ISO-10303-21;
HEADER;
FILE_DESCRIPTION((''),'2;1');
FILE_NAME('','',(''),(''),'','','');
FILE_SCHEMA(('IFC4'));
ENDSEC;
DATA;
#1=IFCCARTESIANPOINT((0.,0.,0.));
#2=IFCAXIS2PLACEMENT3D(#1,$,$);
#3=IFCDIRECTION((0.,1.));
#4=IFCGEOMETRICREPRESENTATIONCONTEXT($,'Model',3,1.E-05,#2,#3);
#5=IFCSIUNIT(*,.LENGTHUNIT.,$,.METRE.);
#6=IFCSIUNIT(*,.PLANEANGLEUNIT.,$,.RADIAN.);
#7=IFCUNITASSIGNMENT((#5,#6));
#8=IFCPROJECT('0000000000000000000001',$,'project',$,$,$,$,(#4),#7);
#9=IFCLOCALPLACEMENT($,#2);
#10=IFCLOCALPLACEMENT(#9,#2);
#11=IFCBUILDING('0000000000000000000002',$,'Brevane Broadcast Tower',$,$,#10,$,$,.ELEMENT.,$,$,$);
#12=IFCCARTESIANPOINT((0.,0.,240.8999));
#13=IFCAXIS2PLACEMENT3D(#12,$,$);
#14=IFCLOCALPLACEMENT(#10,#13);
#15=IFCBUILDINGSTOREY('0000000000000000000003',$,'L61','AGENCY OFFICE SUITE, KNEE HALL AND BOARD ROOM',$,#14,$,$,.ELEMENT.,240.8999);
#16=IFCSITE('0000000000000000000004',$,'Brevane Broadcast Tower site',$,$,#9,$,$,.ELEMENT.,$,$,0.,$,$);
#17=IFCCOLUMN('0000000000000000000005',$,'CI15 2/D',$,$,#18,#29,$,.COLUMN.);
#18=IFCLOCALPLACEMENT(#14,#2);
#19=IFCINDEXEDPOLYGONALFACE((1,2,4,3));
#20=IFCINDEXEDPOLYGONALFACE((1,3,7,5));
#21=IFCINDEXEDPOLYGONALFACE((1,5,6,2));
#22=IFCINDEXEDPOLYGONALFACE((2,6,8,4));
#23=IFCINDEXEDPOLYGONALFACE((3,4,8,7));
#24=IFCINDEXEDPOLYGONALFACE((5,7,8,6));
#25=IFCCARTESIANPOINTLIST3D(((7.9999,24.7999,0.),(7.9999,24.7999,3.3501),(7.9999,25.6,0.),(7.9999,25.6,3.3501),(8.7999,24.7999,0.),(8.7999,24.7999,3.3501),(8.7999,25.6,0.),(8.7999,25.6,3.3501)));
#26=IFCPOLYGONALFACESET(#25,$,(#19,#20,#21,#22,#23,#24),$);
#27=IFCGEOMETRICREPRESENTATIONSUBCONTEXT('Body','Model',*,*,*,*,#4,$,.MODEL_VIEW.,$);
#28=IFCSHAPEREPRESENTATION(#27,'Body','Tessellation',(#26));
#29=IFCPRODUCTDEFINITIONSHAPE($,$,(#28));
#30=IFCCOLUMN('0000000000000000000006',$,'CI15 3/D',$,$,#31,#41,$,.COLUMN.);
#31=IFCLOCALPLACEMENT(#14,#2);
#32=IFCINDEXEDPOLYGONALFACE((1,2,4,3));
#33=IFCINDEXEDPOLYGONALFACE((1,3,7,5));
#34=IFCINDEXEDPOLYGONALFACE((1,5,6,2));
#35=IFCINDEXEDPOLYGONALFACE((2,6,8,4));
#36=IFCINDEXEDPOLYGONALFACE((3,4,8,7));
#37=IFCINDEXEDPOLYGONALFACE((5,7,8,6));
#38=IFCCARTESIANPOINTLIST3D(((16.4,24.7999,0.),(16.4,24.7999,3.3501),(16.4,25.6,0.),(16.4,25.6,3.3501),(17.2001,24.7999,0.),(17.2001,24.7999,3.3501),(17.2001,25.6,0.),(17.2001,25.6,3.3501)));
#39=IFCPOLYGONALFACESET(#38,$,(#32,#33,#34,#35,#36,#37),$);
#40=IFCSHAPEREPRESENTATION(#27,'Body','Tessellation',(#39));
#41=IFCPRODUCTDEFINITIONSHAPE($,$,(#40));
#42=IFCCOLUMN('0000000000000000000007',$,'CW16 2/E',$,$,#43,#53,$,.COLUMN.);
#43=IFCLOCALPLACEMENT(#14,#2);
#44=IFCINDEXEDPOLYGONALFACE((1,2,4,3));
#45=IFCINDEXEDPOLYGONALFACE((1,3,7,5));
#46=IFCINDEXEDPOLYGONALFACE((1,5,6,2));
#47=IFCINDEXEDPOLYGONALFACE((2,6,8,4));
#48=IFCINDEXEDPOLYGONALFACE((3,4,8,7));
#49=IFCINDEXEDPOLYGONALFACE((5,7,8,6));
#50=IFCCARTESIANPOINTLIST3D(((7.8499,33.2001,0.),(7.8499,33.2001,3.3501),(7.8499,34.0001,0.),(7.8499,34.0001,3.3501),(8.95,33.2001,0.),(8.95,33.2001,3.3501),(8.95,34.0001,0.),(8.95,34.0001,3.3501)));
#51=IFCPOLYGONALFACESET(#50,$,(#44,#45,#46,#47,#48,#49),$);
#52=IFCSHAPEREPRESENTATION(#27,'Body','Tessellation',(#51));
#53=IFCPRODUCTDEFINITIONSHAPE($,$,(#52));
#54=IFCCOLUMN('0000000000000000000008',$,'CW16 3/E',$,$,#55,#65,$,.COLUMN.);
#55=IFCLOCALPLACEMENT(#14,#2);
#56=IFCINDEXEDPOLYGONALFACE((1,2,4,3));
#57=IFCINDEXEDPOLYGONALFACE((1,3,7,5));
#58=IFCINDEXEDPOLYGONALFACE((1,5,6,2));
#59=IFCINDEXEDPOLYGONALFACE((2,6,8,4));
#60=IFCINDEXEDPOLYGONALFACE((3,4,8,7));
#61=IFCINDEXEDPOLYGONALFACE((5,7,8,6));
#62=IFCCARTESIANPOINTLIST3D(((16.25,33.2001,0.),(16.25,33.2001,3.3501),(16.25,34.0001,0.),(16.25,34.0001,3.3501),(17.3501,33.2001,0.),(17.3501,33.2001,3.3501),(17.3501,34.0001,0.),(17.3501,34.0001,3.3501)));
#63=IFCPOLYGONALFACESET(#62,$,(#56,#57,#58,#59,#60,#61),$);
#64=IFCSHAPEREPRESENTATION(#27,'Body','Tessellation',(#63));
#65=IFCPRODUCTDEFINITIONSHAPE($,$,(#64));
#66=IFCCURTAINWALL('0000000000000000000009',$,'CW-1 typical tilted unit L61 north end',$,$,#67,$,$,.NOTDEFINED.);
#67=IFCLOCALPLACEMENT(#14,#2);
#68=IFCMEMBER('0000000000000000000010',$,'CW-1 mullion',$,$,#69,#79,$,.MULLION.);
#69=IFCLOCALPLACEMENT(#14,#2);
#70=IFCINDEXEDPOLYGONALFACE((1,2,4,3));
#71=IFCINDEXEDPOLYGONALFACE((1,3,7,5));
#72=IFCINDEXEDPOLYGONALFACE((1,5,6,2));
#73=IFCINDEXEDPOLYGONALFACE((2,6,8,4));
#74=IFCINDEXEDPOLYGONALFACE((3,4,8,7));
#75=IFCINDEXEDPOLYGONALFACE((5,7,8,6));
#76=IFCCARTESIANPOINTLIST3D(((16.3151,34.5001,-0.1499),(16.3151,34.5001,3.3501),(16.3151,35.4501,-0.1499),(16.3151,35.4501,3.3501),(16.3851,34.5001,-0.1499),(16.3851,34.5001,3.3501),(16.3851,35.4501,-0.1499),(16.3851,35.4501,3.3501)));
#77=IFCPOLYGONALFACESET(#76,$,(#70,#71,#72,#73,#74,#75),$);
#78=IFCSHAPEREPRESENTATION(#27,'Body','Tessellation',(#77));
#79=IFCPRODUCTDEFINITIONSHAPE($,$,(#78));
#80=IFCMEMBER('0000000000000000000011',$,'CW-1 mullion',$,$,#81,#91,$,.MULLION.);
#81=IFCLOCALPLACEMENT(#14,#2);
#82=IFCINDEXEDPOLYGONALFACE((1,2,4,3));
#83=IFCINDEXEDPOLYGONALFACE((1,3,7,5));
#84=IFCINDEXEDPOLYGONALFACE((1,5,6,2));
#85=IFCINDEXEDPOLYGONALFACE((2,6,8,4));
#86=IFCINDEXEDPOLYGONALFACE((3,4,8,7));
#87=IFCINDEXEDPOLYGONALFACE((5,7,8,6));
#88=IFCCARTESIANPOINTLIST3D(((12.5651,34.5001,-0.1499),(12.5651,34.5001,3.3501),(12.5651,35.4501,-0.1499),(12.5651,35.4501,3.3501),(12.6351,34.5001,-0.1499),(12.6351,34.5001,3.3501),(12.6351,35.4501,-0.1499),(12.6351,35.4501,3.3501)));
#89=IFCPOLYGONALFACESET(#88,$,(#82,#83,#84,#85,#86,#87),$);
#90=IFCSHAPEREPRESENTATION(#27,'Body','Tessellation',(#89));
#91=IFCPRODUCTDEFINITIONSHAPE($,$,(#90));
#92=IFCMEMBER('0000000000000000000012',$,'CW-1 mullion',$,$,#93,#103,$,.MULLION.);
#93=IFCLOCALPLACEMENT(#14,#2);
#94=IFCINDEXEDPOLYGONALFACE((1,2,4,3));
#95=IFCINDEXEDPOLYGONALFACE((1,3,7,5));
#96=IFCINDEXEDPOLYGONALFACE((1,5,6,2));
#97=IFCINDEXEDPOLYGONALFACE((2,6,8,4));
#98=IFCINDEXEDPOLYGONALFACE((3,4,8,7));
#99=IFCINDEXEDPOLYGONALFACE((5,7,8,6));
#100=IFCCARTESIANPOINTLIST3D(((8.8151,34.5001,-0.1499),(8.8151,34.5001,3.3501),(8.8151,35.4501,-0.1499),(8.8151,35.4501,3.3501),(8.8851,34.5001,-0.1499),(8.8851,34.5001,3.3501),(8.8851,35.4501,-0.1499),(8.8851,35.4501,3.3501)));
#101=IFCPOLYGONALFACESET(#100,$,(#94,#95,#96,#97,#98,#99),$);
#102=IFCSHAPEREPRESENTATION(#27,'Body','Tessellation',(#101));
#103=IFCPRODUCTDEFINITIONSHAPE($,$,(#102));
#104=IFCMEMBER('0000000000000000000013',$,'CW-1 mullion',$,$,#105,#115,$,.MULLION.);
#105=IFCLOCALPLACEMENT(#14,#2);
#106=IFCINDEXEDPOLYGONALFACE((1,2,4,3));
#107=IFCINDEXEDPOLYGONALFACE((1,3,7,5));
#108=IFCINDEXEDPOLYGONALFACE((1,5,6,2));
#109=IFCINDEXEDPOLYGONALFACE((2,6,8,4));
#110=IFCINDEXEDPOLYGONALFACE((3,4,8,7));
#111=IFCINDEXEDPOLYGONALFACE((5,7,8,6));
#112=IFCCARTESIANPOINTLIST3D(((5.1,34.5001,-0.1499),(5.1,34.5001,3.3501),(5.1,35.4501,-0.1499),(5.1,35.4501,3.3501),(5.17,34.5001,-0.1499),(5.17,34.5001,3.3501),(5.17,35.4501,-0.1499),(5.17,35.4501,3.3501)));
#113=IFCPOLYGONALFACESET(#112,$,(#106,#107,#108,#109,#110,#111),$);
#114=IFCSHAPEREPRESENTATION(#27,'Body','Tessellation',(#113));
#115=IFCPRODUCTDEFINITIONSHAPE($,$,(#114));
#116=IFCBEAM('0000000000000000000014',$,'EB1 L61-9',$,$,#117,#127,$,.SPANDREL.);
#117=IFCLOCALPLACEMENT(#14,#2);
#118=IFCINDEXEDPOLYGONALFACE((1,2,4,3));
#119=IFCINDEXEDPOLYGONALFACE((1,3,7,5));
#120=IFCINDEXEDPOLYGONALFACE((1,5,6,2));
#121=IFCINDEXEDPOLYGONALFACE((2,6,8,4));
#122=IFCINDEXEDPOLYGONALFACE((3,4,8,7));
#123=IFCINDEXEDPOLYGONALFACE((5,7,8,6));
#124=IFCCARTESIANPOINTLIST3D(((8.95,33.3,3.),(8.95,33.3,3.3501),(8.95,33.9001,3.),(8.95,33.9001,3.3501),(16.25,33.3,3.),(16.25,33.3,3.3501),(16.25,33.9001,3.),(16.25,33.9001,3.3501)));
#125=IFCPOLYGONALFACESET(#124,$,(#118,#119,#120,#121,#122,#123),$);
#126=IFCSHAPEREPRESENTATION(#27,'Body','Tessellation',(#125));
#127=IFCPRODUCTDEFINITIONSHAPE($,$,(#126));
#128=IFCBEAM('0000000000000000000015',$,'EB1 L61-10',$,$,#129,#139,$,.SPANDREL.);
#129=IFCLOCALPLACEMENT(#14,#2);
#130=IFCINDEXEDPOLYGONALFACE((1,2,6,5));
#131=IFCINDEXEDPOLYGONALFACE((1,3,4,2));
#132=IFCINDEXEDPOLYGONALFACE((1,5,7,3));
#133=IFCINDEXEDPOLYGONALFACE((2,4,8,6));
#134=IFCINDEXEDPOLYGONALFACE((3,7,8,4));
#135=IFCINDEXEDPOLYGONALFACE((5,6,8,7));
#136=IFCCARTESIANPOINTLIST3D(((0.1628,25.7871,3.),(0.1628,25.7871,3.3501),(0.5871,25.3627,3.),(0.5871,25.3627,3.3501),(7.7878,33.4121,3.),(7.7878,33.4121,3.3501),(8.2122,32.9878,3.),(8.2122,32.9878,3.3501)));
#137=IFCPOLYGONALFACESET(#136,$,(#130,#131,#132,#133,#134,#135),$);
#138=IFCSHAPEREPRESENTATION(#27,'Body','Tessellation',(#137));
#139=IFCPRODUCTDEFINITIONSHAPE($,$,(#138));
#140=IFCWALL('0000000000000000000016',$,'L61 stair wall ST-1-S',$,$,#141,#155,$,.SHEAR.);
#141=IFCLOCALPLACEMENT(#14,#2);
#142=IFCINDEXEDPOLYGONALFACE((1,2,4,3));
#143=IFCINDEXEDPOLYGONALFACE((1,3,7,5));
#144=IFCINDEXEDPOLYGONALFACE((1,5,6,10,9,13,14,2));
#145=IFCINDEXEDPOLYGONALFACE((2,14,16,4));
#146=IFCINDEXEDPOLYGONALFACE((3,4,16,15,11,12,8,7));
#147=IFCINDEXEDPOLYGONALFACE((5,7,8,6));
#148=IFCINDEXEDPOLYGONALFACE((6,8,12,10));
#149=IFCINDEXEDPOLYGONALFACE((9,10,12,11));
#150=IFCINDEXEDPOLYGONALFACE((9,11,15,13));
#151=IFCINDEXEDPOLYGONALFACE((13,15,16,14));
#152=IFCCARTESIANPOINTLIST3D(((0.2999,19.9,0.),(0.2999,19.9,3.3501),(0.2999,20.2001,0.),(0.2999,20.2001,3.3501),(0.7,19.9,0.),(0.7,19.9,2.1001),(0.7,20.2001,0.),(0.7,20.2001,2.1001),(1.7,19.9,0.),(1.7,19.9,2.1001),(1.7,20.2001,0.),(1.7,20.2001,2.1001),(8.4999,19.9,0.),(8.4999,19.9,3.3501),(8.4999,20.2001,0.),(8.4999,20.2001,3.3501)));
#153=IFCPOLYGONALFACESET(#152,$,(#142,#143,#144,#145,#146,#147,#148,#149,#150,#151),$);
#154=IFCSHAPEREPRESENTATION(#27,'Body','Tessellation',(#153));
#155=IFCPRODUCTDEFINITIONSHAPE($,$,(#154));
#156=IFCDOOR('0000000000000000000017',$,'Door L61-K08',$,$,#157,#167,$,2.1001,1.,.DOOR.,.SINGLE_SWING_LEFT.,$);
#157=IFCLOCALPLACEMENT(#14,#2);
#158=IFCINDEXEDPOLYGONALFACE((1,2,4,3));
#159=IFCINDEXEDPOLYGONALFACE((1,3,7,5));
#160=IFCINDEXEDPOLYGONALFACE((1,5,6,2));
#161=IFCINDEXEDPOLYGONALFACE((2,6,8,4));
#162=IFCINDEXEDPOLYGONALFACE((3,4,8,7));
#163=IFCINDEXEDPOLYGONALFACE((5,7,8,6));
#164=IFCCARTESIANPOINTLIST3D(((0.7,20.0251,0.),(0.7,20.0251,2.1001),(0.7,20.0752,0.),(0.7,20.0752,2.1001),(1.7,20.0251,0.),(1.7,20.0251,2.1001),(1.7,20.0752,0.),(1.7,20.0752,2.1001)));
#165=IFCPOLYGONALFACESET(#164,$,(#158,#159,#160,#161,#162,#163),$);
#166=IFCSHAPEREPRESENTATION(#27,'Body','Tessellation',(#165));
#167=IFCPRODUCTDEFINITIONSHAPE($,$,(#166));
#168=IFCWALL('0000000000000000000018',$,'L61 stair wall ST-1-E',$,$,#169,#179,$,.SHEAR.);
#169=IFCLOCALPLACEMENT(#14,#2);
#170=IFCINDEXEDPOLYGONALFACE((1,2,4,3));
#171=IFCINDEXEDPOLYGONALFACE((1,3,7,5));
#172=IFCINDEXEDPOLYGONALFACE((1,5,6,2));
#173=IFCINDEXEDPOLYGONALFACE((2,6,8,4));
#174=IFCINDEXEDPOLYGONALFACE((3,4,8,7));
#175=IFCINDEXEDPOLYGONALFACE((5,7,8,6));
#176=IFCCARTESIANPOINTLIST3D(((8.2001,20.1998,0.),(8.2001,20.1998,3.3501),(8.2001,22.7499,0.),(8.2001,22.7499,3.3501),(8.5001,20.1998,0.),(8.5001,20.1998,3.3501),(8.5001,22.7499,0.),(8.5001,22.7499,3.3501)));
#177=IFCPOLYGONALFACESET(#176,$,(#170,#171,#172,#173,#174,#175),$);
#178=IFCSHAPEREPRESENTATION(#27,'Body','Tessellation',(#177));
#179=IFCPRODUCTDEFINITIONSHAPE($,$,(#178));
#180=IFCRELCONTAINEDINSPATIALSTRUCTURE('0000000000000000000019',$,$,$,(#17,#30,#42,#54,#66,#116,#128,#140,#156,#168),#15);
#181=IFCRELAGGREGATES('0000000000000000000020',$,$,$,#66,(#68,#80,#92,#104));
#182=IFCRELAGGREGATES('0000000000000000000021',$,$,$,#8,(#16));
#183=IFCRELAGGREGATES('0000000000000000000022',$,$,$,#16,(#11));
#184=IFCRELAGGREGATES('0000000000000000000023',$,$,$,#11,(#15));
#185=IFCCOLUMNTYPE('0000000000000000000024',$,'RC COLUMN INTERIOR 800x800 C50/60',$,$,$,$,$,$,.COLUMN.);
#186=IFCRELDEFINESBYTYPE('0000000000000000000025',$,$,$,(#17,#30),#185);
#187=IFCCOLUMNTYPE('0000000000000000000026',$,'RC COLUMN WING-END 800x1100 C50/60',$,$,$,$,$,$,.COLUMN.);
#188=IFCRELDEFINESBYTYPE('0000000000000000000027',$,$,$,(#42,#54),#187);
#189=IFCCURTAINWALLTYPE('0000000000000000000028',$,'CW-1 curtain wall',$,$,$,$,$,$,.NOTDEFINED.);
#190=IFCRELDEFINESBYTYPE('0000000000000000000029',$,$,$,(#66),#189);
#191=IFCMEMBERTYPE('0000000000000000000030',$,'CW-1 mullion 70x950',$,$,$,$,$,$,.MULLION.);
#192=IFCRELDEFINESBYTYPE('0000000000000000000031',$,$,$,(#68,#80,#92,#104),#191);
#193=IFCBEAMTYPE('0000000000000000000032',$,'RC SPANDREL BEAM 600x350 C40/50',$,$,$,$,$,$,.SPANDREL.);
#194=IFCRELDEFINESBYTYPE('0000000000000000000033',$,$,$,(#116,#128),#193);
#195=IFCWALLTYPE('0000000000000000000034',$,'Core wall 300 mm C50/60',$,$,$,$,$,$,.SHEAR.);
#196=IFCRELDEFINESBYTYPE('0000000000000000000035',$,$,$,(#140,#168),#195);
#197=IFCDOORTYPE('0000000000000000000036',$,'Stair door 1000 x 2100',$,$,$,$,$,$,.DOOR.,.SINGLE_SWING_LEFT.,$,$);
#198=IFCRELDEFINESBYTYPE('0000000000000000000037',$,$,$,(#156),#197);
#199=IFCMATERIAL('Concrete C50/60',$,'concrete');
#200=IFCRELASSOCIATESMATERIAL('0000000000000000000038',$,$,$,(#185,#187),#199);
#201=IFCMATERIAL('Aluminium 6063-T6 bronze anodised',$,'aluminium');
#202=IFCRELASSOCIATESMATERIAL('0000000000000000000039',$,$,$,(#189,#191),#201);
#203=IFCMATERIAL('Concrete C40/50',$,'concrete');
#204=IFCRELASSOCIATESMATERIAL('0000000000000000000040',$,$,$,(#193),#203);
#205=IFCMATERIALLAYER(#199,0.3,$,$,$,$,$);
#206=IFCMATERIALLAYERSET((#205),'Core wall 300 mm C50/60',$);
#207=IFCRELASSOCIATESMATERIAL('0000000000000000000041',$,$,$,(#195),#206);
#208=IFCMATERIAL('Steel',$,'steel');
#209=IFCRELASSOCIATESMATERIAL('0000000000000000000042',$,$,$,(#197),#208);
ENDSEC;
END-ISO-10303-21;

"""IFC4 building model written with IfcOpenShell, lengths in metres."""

from ifc_helpers import new_model, si_unit, direction, frame, frame_2d, origin, origin_2d, place, context, subcontext, project, spatial, rectangle, extrude, material, layer, layer_set, material_profile, profile_set, type_object, element, fill, aggregate, save


model = new_model("IFC4")

# Units and contexts
model_context = context("Model", 3, precision=1e-05, world=origin(), true_north=direction((0.0, 1.0)))
body_context = subcontext(model_context, "Body", "Model", "MODEL_VIEW")
ifc_project = project(units=[si_unit("LENGTHUNIT", "METRE"), si_unit("PLANEANGLEUNIT", "RADIAN")], contexts=[model_context])

# Site, building, storey
site_placement = place(None, origin())
site = spatial("IfcSite", under=ifc_project, at=site_placement, Name="Brevane Broadcast Tower site", CompositionType="ELEMENT", RefElevation=0.0)
building_placement = place(site_placement, origin())
building = spatial("IfcBuilding", under=site, at=building_placement, Name="Brevane Broadcast Tower", CompositionType="ELEMENT")
storey_placement = place(building_placement, frame((0.0, 0.0, 240.8999)))
storey = spatial("IfcBuildingStorey", under=building, at=storey_placement, Name="L61", Description="AGENCY OFFICE SUITE, KNEE HALL AND BOARD ROOM", CompositionType="ELEMENT", Elevation=240.8999)

# Columns
ifc_material_1 = material(Name="Concrete C50/60", Category="concrete")
ifc_material_profile_1 = material_profile(ifc_material_1, rectangle(XDim=0.8, YDim=0.8, at=origin_2d()), Name="RC 800x800")
ifc_profile_set_1 = profile_set([ifc_material_profile_1], Name="Concrete C50/60")
column_type_1 = type_object("IfcColumnType", Name="RC COLUMN INTERIOR 800x800 C50/60", PredefinedType="COLUMN", material=ifc_profile_set_1)
for number, where, z_axis, x_axis, name in (
    (1, (8.3999, 25.2, 0.0), (0.0, 0.0, 1.0), (1.0, 0.0, 0.0), "CI15 2/D"),
    (2, (16.8, 25.2, 0.0), (0.0, 0.0, 1.0), (1.0, 0.0, 0.0), "CI15 3/D"),
):
    element("IfcColumn", number, at=place(storey_placement, frame(where, z_axis=z_axis, x_axis=x_axis)), inside=storey, type_object=column_type_1, Name=name, PredefinedType="COLUMN", context=body_context, shape_type="SweptSolid", body=[
        extrude(rectangle(XDim=0.8, YDim=0.8, at=origin_2d()), origin(), (0.0, 0.0, 1.0), 3.3501),
    ])
ifc_material_profile_2 = material_profile(ifc_material_1, rectangle(XDim=0.8, YDim=1.1001, at=origin_2d()), Name="RC 800x1100")
ifc_profile_set_2 = profile_set([ifc_material_profile_2], Name="Concrete C50/60")
column_type_2 = type_object("IfcColumnType", Name="RC COLUMN WING-END 800x1100 C50/60", PredefinedType="COLUMN", material=ifc_profile_set_2)
for number, where, z_axis, x_axis, name in (
    (3, (8.3999, 33.6001, 0.0), (0.0, 0.0, 1.0), (0.0, 1.0, 0.0), "CW16 2/E"),
    (4, (16.8, 33.6001, 0.0), (0.0, 0.0, 1.0), (0.0, 1.0, 0.0), "CW16 3/E"),
):
    element("IfcColumn", number, at=place(storey_placement, frame(where, z_axis=z_axis, x_axis=x_axis)), inside=storey, type_object=column_type_2, Name=name, PredefinedType="COLUMN", context=body_context, shape_type="SweptSolid", body=[
        extrude(rectangle(XDim=0.8, YDim=1.1001, at=origin_2d()), origin(), (0.0, 0.0, 1.0), 3.3501),
    ])

# Curtain wall, members
ifc_material_2 = material(Name="Aluminium 6063-T6 bronze anodised", Category="aluminium")
curtain_wall_type = type_object("IfcCurtainWallType", Name="CW-1 curtain wall", PredefinedType="NOTDEFINED", material=ifc_material_2)
curtain_wall_placement = place(storey_placement, origin())
curtain_wall = element("IfcCurtainWall", 5, at=curtain_wall_placement, inside=storey, type_object=curtain_wall_type, Name="CW-1 typical tilted unit L61 north end", PredefinedType="NOTDEFINED")
ifc_material_profile_3 = material_profile(ifc_material_2, rectangle(XDim=0.95, YDim=0.0701, at=origin_2d()), Name="RECT 70x950")
ifc_profile_set_3 = profile_set([ifc_material_profile_3], Name="Aluminium 6063-T6 bronze anodised")
member_type = type_object("IfcMemberType", Name="CW-1 mullion 70x950", PredefinedType="MULLION", material=ifc_profile_set_3)
member_1_placement = place(storey_placement, frame((16.3501, 34.9751, -0.1499), z_axis=(0.0, 0.0, 1.0), x_axis=(0.0, -1.0, 0.0)))
member_1 = element("IfcMember", 6, at=member_1_placement, type_object=member_type, Name="CW-1 mullion", PredefinedType="MULLION", context=body_context, shape_type="SweptSolid", body=[
    extrude(rectangle(XDim=0.95, YDim=0.0701, at=origin_2d()), origin(), (0.0, 0.0, 1.0), 3.5),
])
member_2_placement = place(storey_placement, frame((12.6001, 34.9751, -0.1499), z_axis=(0.0, 0.0, 1.0), x_axis=(0.0, -1.0, 0.0)))
member_2 = element("IfcMember", 7, at=member_2_placement, type_object=member_type, Name="CW-1 mullion", PredefinedType="MULLION", context=body_context, shape_type="SweptSolid", body=[
    extrude(rectangle(XDim=0.95, YDim=0.0701, at=origin_2d()), origin(), (0.0, 0.0, 1.0), 3.5),
])
member_3_placement = place(storey_placement, frame((8.8501, 34.9751, -0.1499), z_axis=(0.0, 0.0, 1.0), x_axis=(0.0, -1.0, 0.0)))
member_3 = element("IfcMember", 8, at=member_3_placement, type_object=member_type, Name="CW-1 mullion", PredefinedType="MULLION", context=body_context, shape_type="SweptSolid", body=[
    extrude(rectangle(XDim=0.95, YDim=0.0701, at=origin_2d()), origin(), (0.0, 0.0, 1.0), 3.5),
])
member_4_placement = place(storey_placement, frame((5.135, 34.9751, -0.1499), z_axis=(0.0, 0.0, 1.0), x_axis=(0.0, -1.0, 0.0)))
member_4 = element("IfcMember", 9, at=member_4_placement, type_object=member_type, Name="CW-1 mullion", PredefinedType="MULLION", context=body_context, shape_type="SweptSolid", body=[
    extrude(rectangle(XDim=0.95, YDim=0.0701, at=origin_2d()), origin(), (0.0, 0.0, 1.0), 3.5),
])
aggregate(curtain_wall, [member_1, member_2, member_3, member_4])

# Beams
ifc_material_3 = material(Name="Concrete C40/50", Category="concrete")
ifc_material_profile_4 = material_profile(ifc_material_3, rectangle(XDim=0.6001, YDim=0.3501, at=origin_2d()), Name="RC 600x350")
ifc_profile_set_4 = profile_set([ifc_material_profile_4], Name="Concrete C40/50")
beam_type = type_object("IfcBeamType", Name="RC SPANDREL BEAM 600x350 C40/50", PredefinedType="SPANDREL", material=ifc_profile_set_4)
beam_1_placement = place(storey_placement, frame((16.25, 33.6001, 3.175), z_axis=(-1.0, 0.0, 0.0), x_axis=(0.0, -1.0, 0.0)))
element("IfcBeam", 10, at=beam_1_placement, inside=storey, type_object=beam_type, Name="EB1 L61-9", PredefinedType="SPANDREL", context=body_context, shape_type="SweptSolid", body=[
    extrude(rectangle(XDim=0.6001, YDim=0.3501, at=origin_2d()), origin(), (0.0, 0.0, 1.0), 7.3),
])
beam_2_placement = place(storey_placement, frame((8.0, 33.2, 3.175), z_axis=(-0.707107, -0.707107, 0.0), x_axis=(0.707107, -0.707107, 0.0)))
element("IfcBeam", 11, at=beam_2_placement, inside=storey, type_object=beam_type, Name="EB1 L61-10", PredefinedType="SPANDREL", context=body_context, shape_type="SweptSolid", body=[
    extrude(rectangle(XDim=0.6001, YDim=0.3501, at=origin_2d()), origin(), (0.0, 0.0, 1.0), 10.7834),
])

# Wall, opening, door
ifc_layer_1 = layer(ifc_material_1, 0.3)
ifc_layer_set_1 = layer_set([ifc_layer_1], Name="Core wall 300 mm C50/60")
wall_type_1 = type_object("IfcWallType", Name="Core wall 300 mm C50/60", PredefinedType="SHEAR", material=ifc_layer_set_1)
wall_1_placement = place(storey_placement, frame((8.5, 20.05, 0.0), z_axis=(0.0, 0.0, 1.0), x_axis=(-1.0, 0.0, 0.0)))
wall_1 = element("IfcWall", 12, at=wall_1_placement, inside=storey, type_object=wall_type_1, Name="L61 stair wall ST-1-S", PredefinedType="SHEAR", context=body_context, shape_type="SweptSolid", body=[
    extrude(rectangle(XDim=8.2, YDim=0.3, at=frame_2d((4.1001, 0.0))), origin(), (0.0, 0.0, 1.0), 3.3501),
])
opening_1_placement = place(wall_1_placement, frame((6.8, 0.0, 0.0)))
opening_1 = element("IfcOpeningElement", 13, at=opening_1_placement, cuts=wall_1, PredefinedType="OPENING", context=body_context, shape_type="SweptSolid", body=[
    extrude(rectangle(XDim=1.0, YDim=2.1001, at=frame_2d((0.5, 1.05))), frame((0.0, 0.1599, 0.0), z_axis=(0.0, -1.0, 0.0), x_axis=(1.0, 0.0, 0.0)), (0.0, 0.0, 1.0), 0.3201),
])
ifc_material_4 = material(Name="Steel", Category="steel")
door_type_1 = type_object("IfcDoorType", Name="Stair door 1000 x 2100", OperationType="SINGLE_SWING_LEFT", PredefinedType="DOOR", material=ifc_material_4)
door_1_placement = place(opening_1_placement, origin())
door_1 = element("IfcDoor", 14, at=door_1_placement, inside=storey, type_object=door_type_1, Name="Door L61-K08", OperationType="SINGLE_SWING_LEFT", OverallHeight=2.1001, OverallWidth=1.0, PredefinedType="DOOR", context=body_context, shape_type="SweptSolid", body=[
    extrude(rectangle(XDim=1.0, YDim=2.1001, at=frame_2d((0.5, 1.05))), frame((0.0, 0.0249, 0.0), z_axis=(0.0, -1.0, 0.0), x_axis=(1.0, 0.0, 0.0)), (0.0, 0.0, 1.0), 0.05),
])
fill(opening_1, door_1)

# Wall
wall_2_placement = place(storey_placement, frame((8.3501, 20.2, 0.0), z_axis=(0.0, 0.0, 1.0), x_axis=(0.0, 1.0, 0.0)))
element("IfcWall", 15, at=wall_2_placement, inside=storey, type_object=wall_type_1, Name="L61 stair wall ST-1-E", PredefinedType="SHEAR", context=body_context, shape_type="SweptSolid", body=[
    extrude(rectangle(XDim=2.55, YDim=0.3, at=frame_2d((1.2749, 0.0))), origin(), (0.0, 0.0, 1.0), 3.3501),
])

save(model, "model.ifc")
